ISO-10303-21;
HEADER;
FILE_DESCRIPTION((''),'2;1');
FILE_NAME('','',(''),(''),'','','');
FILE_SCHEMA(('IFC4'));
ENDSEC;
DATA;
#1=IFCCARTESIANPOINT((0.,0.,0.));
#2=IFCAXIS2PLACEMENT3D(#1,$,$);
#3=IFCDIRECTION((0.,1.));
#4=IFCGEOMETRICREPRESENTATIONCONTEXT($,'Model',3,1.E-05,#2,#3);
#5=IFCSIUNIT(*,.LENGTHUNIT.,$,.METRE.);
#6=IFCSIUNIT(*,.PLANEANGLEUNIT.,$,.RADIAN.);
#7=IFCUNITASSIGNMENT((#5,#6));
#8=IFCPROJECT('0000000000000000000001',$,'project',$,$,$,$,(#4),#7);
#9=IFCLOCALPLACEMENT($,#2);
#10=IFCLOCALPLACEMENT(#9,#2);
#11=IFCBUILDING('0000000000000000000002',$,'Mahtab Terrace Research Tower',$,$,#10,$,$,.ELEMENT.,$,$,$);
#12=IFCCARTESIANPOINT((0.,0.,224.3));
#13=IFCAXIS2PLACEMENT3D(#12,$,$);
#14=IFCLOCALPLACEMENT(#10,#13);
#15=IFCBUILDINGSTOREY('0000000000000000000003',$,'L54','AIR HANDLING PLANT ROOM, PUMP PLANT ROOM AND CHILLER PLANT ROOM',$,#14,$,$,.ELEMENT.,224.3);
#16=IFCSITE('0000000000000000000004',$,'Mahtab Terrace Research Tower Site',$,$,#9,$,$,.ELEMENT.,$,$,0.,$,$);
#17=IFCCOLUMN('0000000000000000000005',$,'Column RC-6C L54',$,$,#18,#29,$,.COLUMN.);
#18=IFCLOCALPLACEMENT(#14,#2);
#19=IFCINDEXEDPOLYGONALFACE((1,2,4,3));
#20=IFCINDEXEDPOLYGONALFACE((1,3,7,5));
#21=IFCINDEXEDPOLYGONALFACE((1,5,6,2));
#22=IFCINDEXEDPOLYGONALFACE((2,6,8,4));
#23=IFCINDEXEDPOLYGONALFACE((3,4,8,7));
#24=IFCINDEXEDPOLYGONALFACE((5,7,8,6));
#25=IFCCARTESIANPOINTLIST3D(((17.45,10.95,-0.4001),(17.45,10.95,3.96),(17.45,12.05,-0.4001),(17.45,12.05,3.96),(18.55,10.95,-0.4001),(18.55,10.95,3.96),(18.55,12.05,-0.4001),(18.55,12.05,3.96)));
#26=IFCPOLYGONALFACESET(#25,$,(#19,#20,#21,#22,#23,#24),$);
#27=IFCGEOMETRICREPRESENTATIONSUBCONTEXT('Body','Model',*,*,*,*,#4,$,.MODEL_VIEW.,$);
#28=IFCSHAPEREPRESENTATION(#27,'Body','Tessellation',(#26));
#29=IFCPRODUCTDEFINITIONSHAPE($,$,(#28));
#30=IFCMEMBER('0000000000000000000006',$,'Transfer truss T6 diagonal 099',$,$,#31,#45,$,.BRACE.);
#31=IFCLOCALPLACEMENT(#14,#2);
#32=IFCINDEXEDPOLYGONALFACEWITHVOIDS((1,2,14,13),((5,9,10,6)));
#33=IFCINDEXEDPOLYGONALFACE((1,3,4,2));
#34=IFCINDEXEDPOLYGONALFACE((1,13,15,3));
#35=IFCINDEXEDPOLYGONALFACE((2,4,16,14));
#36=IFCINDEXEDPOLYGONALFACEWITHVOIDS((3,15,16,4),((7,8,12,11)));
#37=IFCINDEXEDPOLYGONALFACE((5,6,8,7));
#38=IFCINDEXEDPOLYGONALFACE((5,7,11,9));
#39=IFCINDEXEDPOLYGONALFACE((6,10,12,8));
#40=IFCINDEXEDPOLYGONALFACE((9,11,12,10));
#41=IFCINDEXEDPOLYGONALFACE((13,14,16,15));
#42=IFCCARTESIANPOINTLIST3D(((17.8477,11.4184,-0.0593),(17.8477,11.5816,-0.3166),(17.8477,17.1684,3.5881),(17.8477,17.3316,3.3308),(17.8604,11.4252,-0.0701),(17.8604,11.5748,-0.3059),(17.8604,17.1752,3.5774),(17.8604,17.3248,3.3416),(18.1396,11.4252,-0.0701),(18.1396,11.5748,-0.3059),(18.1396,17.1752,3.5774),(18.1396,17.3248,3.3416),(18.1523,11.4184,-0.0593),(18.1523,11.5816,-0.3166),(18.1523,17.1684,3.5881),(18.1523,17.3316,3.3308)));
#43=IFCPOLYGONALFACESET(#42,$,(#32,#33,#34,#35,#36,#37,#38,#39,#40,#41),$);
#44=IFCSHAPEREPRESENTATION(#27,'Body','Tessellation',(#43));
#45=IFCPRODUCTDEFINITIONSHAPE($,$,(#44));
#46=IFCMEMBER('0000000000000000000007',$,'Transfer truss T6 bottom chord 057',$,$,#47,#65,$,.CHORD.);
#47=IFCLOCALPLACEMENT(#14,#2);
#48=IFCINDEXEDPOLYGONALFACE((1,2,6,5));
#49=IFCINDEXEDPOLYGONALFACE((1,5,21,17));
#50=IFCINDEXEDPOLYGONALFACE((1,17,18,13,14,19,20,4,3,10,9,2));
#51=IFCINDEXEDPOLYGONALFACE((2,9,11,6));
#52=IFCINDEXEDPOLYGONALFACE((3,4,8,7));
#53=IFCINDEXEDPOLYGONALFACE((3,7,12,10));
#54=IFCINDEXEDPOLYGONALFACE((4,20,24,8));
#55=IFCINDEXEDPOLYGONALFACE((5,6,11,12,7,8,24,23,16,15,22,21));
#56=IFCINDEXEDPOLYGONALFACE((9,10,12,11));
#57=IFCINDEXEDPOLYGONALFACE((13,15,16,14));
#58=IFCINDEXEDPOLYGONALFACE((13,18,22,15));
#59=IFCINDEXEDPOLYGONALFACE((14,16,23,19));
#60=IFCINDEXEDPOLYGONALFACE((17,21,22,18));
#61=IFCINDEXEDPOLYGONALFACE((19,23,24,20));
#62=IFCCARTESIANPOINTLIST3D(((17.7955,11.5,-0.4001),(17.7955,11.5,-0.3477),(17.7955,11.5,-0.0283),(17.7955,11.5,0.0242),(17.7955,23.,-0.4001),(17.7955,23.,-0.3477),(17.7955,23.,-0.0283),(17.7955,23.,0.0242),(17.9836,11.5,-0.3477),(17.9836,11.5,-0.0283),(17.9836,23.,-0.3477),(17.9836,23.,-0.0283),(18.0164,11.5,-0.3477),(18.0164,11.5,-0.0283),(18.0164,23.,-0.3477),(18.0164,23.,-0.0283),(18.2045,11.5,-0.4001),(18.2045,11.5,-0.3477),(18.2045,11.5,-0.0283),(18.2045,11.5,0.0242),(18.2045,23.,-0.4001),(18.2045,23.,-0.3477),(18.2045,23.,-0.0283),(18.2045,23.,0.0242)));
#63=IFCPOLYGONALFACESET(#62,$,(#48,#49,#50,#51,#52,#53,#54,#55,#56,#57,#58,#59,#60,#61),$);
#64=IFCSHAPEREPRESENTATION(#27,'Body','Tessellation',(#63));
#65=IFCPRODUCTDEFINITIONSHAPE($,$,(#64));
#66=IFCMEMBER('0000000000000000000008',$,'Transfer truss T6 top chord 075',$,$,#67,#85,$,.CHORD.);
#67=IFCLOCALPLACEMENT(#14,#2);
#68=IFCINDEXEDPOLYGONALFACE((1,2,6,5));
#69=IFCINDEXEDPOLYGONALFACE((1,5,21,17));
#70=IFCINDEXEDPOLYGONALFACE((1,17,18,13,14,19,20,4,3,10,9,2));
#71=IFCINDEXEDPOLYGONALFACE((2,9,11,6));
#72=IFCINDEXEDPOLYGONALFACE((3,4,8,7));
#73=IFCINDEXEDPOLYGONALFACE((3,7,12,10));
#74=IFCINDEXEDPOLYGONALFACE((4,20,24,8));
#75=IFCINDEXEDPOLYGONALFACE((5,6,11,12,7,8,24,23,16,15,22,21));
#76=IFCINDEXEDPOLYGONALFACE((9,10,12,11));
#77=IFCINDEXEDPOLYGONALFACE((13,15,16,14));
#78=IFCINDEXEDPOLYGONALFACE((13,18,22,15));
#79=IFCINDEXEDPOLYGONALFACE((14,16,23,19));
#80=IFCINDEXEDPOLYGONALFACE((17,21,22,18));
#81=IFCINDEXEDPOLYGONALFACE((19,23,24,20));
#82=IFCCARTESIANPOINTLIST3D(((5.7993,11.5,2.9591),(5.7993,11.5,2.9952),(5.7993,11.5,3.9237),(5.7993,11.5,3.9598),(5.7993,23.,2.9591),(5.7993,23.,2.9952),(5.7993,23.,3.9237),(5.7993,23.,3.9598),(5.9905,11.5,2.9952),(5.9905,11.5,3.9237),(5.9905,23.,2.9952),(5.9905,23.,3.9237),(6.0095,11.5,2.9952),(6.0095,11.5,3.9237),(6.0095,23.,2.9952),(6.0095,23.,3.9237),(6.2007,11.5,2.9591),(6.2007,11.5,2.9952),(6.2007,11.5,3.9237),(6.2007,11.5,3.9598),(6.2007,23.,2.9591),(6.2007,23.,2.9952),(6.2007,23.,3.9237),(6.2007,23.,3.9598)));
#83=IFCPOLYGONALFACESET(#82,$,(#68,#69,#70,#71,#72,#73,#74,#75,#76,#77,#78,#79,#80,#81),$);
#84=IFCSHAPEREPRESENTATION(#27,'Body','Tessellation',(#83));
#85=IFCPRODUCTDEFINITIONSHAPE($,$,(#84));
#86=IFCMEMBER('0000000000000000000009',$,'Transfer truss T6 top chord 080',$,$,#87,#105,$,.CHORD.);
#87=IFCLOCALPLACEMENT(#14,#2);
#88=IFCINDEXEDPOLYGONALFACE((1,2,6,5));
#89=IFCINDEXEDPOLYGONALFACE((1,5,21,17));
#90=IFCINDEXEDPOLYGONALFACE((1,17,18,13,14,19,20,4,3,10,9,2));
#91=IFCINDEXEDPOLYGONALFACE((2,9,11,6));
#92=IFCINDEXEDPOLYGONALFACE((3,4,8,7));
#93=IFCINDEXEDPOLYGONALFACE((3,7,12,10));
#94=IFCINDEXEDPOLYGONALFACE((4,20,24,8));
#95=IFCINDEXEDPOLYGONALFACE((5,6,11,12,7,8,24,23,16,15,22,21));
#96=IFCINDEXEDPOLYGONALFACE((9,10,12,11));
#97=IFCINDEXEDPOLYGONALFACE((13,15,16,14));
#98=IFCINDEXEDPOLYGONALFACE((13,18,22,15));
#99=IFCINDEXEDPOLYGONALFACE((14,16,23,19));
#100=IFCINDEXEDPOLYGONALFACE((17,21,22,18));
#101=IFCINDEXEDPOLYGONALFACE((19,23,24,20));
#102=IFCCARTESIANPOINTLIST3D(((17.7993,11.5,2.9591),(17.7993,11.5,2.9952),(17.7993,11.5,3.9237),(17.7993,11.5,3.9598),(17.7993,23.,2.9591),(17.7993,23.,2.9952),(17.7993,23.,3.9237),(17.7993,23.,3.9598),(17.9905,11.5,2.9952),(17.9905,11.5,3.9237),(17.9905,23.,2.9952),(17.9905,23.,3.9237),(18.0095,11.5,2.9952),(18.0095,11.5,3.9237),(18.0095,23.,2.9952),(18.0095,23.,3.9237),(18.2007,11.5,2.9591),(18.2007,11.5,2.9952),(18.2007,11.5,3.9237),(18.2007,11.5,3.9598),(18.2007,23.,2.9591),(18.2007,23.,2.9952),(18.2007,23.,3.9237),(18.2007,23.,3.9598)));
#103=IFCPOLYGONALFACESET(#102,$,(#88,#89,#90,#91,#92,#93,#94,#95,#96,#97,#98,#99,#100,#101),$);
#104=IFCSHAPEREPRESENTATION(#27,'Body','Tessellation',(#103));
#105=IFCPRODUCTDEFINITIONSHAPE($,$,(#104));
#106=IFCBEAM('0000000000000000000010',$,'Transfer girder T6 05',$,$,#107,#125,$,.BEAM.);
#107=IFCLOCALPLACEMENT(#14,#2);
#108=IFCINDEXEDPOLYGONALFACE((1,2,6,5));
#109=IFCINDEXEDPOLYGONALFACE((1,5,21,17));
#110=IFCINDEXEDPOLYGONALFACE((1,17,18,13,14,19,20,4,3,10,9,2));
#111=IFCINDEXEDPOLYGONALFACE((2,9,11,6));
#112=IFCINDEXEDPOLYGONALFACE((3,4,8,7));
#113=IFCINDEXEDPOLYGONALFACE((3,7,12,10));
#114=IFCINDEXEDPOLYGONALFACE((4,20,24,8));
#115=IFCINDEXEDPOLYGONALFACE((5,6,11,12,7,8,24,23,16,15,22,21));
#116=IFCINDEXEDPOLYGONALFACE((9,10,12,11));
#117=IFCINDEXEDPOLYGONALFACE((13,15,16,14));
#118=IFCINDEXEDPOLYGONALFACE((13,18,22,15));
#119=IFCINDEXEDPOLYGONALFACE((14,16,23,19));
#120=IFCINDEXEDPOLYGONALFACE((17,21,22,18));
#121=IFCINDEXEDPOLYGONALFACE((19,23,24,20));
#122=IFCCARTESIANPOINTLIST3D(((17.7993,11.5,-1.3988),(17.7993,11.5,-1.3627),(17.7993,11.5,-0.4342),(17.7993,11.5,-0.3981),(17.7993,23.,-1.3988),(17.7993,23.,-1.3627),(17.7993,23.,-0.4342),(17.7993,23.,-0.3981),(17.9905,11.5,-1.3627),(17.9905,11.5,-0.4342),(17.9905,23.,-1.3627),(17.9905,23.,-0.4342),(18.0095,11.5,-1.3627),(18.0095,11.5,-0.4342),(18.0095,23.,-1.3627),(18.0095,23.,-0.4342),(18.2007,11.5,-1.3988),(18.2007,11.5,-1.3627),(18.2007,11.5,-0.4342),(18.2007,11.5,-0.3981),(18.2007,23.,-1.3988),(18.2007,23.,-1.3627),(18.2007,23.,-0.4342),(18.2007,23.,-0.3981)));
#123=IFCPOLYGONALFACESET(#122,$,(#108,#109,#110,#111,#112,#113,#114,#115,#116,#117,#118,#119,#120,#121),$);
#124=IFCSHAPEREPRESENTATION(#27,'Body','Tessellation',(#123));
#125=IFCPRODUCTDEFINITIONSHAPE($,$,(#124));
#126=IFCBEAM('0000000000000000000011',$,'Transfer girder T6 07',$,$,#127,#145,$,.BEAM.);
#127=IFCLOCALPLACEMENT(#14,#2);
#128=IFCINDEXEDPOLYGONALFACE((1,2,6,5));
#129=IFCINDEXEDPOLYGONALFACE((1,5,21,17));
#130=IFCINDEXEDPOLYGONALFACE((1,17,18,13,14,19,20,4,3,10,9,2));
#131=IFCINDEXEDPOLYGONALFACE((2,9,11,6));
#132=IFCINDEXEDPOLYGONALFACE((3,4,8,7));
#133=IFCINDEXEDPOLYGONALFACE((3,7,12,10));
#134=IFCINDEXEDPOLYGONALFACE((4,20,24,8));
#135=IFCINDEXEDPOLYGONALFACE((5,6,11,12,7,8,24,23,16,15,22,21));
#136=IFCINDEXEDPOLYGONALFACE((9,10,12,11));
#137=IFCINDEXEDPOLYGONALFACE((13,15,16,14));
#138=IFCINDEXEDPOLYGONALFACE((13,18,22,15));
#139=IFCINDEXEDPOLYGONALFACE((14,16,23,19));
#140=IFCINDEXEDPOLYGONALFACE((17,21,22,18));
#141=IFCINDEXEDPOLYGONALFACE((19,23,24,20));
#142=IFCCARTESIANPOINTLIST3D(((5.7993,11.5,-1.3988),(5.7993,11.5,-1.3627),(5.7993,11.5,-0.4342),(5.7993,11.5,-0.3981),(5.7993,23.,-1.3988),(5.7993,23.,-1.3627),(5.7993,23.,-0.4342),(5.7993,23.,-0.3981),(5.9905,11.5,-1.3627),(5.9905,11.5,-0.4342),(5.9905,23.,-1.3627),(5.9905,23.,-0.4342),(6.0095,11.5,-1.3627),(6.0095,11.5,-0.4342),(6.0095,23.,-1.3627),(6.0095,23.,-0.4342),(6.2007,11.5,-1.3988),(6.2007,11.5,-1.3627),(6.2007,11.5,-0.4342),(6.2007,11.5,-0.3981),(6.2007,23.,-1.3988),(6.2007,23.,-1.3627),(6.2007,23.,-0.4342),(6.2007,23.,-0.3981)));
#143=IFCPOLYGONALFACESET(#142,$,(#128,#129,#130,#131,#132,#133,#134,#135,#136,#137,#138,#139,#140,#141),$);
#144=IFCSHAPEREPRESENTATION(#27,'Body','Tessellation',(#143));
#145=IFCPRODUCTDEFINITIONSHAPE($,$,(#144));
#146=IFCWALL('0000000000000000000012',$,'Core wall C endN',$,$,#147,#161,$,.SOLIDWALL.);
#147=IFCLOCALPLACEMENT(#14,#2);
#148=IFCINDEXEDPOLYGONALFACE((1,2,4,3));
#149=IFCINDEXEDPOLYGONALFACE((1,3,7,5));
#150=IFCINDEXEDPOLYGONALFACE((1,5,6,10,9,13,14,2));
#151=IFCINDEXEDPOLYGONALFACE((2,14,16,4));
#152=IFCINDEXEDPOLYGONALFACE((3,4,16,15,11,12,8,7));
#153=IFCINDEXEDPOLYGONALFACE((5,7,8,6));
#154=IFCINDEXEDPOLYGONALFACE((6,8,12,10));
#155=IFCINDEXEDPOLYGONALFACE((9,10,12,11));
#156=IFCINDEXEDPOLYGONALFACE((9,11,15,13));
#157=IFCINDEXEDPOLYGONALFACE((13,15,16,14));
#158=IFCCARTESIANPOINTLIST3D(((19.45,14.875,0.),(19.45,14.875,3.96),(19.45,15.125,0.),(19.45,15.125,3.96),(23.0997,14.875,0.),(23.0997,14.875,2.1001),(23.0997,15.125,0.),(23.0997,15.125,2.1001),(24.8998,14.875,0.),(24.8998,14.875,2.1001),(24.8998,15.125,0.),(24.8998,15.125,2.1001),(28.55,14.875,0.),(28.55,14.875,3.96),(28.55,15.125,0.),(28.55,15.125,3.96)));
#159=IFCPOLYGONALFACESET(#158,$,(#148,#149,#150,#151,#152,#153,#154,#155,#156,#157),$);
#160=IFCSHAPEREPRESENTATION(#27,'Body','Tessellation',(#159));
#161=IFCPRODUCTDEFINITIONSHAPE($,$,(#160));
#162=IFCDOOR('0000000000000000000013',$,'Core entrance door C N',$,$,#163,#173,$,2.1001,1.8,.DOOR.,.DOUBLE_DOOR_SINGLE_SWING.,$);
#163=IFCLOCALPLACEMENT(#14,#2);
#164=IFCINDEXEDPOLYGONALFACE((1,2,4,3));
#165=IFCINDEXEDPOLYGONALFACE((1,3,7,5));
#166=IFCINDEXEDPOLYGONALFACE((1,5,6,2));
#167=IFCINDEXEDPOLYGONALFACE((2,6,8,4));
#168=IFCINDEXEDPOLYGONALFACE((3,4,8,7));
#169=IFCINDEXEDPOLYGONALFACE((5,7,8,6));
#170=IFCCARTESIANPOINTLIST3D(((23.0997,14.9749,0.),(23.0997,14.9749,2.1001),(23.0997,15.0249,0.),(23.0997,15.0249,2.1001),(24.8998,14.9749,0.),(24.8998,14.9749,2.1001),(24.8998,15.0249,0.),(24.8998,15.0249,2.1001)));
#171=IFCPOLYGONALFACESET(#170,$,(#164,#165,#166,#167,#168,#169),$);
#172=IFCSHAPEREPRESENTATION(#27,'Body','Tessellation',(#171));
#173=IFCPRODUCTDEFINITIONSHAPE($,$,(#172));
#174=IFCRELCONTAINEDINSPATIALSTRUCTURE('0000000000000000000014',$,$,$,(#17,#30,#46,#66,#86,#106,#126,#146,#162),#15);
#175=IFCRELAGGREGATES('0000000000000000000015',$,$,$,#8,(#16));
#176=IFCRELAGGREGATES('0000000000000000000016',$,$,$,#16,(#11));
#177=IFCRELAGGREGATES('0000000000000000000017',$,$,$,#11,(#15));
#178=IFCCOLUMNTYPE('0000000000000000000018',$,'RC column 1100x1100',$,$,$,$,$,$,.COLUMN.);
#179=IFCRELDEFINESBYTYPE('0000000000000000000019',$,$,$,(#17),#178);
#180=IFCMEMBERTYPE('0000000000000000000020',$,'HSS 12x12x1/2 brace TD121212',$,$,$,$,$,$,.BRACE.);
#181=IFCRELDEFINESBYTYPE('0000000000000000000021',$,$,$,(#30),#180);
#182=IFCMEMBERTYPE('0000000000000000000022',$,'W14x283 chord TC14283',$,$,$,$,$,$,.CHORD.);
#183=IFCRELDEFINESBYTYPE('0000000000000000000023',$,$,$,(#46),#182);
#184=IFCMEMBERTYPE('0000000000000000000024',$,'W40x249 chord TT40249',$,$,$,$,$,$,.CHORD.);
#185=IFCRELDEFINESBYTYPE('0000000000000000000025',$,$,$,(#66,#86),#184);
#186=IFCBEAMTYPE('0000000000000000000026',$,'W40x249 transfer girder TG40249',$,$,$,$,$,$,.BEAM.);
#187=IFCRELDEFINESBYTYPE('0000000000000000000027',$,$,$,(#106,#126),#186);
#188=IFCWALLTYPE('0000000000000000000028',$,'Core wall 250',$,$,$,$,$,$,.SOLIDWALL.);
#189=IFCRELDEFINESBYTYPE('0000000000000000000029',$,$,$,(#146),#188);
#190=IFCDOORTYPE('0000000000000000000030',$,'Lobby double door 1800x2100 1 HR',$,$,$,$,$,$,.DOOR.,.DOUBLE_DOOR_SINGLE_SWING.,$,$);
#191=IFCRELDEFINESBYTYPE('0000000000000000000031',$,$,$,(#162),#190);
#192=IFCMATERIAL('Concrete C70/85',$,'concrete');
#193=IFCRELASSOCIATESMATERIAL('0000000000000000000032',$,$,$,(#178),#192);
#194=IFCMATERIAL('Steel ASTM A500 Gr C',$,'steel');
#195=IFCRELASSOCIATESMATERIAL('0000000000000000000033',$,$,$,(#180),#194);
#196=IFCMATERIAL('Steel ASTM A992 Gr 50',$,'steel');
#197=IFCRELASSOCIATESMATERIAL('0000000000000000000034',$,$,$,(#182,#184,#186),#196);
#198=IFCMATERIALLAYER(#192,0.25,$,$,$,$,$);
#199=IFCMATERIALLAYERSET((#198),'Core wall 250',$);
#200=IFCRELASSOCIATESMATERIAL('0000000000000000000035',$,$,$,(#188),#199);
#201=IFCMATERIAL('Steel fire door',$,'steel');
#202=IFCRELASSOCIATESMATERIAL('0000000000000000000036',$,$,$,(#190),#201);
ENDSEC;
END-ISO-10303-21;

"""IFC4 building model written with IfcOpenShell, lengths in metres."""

from ifc_helpers import new_model, si_unit, direction, frame, frame_2d, origin, origin_2d, place, context, subcontext, project, spatial, rectangle, hollow_rectangle, i_section, extrude, material, layer, layer_set, material_profile, profile_set, type_object, element, fill, save


model = new_model("IFC4")

# Units and contexts
model_context = context("Model", 3, precision=1e-05, world=origin(), true_north=direction((0.0, 1.0)))
body_context = subcontext(model_context, "Body", "Model", "MODEL_VIEW")
ifc_project = project(units=[si_unit("LENGTHUNIT", "METRE"), si_unit("PLANEANGLEUNIT", "RADIAN")], contexts=[model_context])

# Site, building, storey
site_placement = place(None, origin())
site = spatial("IfcSite", under=ifc_project, at=site_placement, Name="Mahtab Terrace Research Tower Site", CompositionType="ELEMENT", RefElevation=0.0)
building_placement = place(site_placement, origin())
building = spatial("IfcBuilding", under=site, at=building_placement, Name="Mahtab Terrace Research Tower", CompositionType="ELEMENT")
storey_placement = place(building_placement, frame((0.0, 0.0, 224.3)))
storey = spatial("IfcBuildingStorey", under=building, at=storey_placement, Name="L54", Description="AIR HANDLING PLANT ROOM, PUMP PLANT ROOM AND CHILLER PLANT ROOM", CompositionType="ELEMENT", Elevation=224.3)

# Column
ifc_material_1 = material(Name="Concrete C70/85", Category="concrete")
ifc_material_profile_1 = material_profile(ifc_material_1, rectangle(XDim=1.1001, YDim=1.1001, at=origin_2d()), Name="RC column 1100x1100")
ifc_profile_set_1 = profile_set([ifc_material_profile_1], Name="Concrete C70/85")
column_type = type_object("IfcColumnType", Name="RC column 1100x1100", PredefinedType="COLUMN", material=ifc_profile_set_1)
column_placement = place(storey_placement, frame((18.0, 11.5, -0.4001), z_axis=(0.0, 0.0, 1.0), x_axis=(1.0, 0.0, 0.0)))
element("IfcColumn", 1, at=column_placement, inside=storey, type_object=column_type, Name="Column RC-6C L54", PredefinedType="COLUMN", context=body_context, shape_type="SweptSolid", body=[
    extrude(rectangle(XDim=1.1001, YDim=1.1001, at=origin_2d()), origin(), (0.0, 0.0, 1.0), 4.3601),
])

# Members
ifc_material_2 = material(Name="Steel ASTM A500 Gr C", Category="steel")
ifc_material_profile_2 = material_profile(ifc_material_2, hollow_rectangle(XDim=0.3047, YDim=0.3047, WallThickness=0.0127, at=origin_2d()), Name="HSS12X12X1/2")
ifc_profile_set_2 = profile_set([ifc_material_profile_2], Name="Steel ASTM A500 Gr C")
member_type_1 = type_object("IfcMemberType", Name="HSS 12x12x1/2 brace TD121212", PredefinedType="BRACE", material=ifc_profile_set_2)
member_1_placement = place(storey_placement, frame((18.0, 11.5, -0.188), z_axis=(0.0, 0.844434, 0.535659), x_axis=(-1.0, 0.0, 0.0)))
element("IfcMember", 2, at=member_1_placement, inside=storey, type_object=member_type_1, Name="Transfer truss T6 diagonal 099", PredefinedType="BRACE", context=body_context, shape_type="SweptSolid", body=[
    extrude(hollow_rectangle(XDim=0.3047, YDim=0.3047, WallThickness=0.0127, at=origin_2d()), origin(), (0.0, 0.0, 1.0), 6.8093),
])
ifc_material_3 = material(Name="Steel ASTM A992 Gr 50", Category="steel")
ifc_material_profile_3 = material_profile(ifc_material_3, i_section(OverallWidth=0.4089, OverallDepth=0.4243, WebThickness=0.0327, FlangeThickness=0.0525, at=origin_2d()), Name="W14X283")
ifc_profile_set_3 = profile_set([ifc_material_profile_3], Name="Steel ASTM A992 Gr 50")
member_type_2 = type_object("IfcMemberType", Name="W14x283 chord TC14283", PredefinedType="CHORD", material=ifc_profile_set_3)
member_2_placement = place(storey_placement, frame((18.0, 11.5, -0.188), z_axis=(0.0, 1.0, 0.0), x_axis=(-1.0, 0.0, 0.0)))
element("IfcMember", 3, at=member_2_placement, inside=storey, type_object=member_type_2, Name="Transfer truss T6 bottom chord 057", PredefinedType="CHORD", context=body_context, shape_type="SweptSolid", body=[
    extrude(i_section(OverallWidth=0.4089, OverallDepth=0.4243, WebThickness=0.0327, FlangeThickness=0.0525, at=origin_2d()), origin(), (0.0, 0.0, 1.0), 11.5),
])
ifc_material_profile_4 = material_profile(ifc_material_3, i_section(OverallWidth=0.4014, OverallDepth=1.0007, WebThickness=0.019, FlangeThickness=0.0361, at=origin_2d()), Name="W40X249")
ifc_profile_set_4 = profile_set([ifc_material_profile_4], Name="Steel ASTM A992 Gr 50")
member_type_3 = type_object("IfcMemberType", Name="W40x249 chord TT40249", PredefinedType="CHORD", material=ifc_profile_set_4)
for number, where, z_axis, x_axis, name in (
    (4, (6.0, 11.5, 3.4595), (0.0, 1.0, 0.0), (-1.0, 0.0, 0.0), "Transfer truss T6 top chord 075"),
    (5, (18.0, 11.5, 3.4595), (0.0, 1.0, 0.0), (-1.0, 0.0, 0.0), "Transfer truss T6 top chord 080"),
):
    element("IfcMember", number, at=place(storey_placement, frame(where, z_axis=z_axis, x_axis=x_axis)), inside=storey, type_object=member_type_3, Name=name, PredefinedType="CHORD", context=body_context, shape_type="SweptSolid", body=[
        extrude(i_section(OverallWidth=0.4014, OverallDepth=1.0007, WebThickness=0.019, FlangeThickness=0.0361, at=origin_2d()), origin(), (0.0, 0.0, 1.0), 11.5),
    ])

# Beams
ifc_material_profile_5 = material_profile(ifc_material_3, i_section(OverallWidth=0.4014, OverallDepth=1.0007, WebThickness=0.019, FlangeThickness=0.0361, at=origin_2d()), Name="W40X249")
ifc_profile_set_5 = profile_set([ifc_material_profile_5], Name="Steel ASTM A992 Gr 50")
beam_type = type_object("IfcBeamType", Name="W40x249 transfer girder TG40249", PredefinedType="BEAM", material=ifc_profile_set_5)
for number, where, z_axis, x_axis, name in (
    (6, (18.0, 11.5, -0.8984), (0.0, 1.0, 0.0), (-1.0, 0.0, 0.0), "Transfer girder T6 05"),
    (7, (6.0, 11.5, -0.8984), (0.0, 1.0, 0.0), (-1.0, 0.0, 0.0), "Transfer girder T6 07"),
):
    element("IfcBeam", number, at=place(storey_placement, frame(where, z_axis=z_axis, x_axis=x_axis)), inside=storey, type_object=beam_type, Name=name, PredefinedType="BEAM", context=body_context, shape_type="SweptSolid", body=[
        extrude(i_section(OverallWidth=0.4014, OverallDepth=1.0007, WebThickness=0.019, FlangeThickness=0.0361, at=origin_2d()), origin(), (0.0, 0.0, 1.0), 11.5),
    ])

# Wall, opening, door
ifc_layer_1 = layer(ifc_material_1, 0.25)
ifc_layer_set_1 = layer_set([ifc_layer_1], Name="Core wall 250")
wall_type = type_object("IfcWallType", Name="Core wall 250", PredefinedType="SOLIDWALL", material=ifc_layer_set_1)
wall_placement = place(storey_placement, frame((19.45, 15.0, 0.0), z_axis=(0.0, 0.0, 1.0), x_axis=(1.0, 0.0, 0.0)))
wall = element("IfcWall", 8, at=wall_placement, inside=storey, type_object=wall_type, Name="Core wall C endN", PredefinedType="SOLIDWALL", context=body_context, shape_type="SweptSolid", body=[
    extrude(rectangle(XDim=9.1001, YDim=0.25, at=frame_2d((4.55, 0.0))), origin(), (0.0, 0.0, 1.0), 3.96),
])
opening_placement = place(wall_placement, frame((3.6499, 0.0, 0.0)))
opening = element("IfcOpeningElement", 9, at=opening_placement, cuts=wall, PredefinedType="OPENING", context=body_context, shape_type="SweptSolid", body=[
    extrude(rectangle(XDim=1.8, YDim=2.1001, at=frame_2d((0.8999, 1.05))), frame((0.0, 0.135, 0.0), z_axis=(0.0, -1.0, 0.0), x_axis=(1.0, 0.0, 0.0)), (0.0, 0.0, 1.0), 0.27),
])
ifc_material_4 = material(Name="Steel fire door", Category="steel")
door_type = type_object("IfcDoorType", Name="Lobby double door 1800x2100 1 HR", OperationType="DOUBLE_DOOR_SINGLE_SWING", PredefinedType="DOOR", material=ifc_material_4)
door_placement = place(opening_placement, origin())
door = element("IfcDoor", 10, at=door_placement, inside=storey, type_object=door_type, Name="Core entrance door C N", OperationType="DOUBLE_DOOR_SINGLE_SWING", OverallHeight=2.1001, OverallWidth=1.8, PredefinedType="DOOR", context=body_context, shape_type="SweptSolid", body=[
    extrude(rectangle(XDim=1.8, YDim=2.1001, at=frame_2d((0.8999, 1.05))), frame((0.0, 0.0249, 0.0), z_axis=(0.0, -1.0, 0.0), x_axis=(1.0, 0.0, 0.0)), (0.0, 0.0, 1.0), 0.05),
])
fill(opening, door)

save(model, "model.ifc")
